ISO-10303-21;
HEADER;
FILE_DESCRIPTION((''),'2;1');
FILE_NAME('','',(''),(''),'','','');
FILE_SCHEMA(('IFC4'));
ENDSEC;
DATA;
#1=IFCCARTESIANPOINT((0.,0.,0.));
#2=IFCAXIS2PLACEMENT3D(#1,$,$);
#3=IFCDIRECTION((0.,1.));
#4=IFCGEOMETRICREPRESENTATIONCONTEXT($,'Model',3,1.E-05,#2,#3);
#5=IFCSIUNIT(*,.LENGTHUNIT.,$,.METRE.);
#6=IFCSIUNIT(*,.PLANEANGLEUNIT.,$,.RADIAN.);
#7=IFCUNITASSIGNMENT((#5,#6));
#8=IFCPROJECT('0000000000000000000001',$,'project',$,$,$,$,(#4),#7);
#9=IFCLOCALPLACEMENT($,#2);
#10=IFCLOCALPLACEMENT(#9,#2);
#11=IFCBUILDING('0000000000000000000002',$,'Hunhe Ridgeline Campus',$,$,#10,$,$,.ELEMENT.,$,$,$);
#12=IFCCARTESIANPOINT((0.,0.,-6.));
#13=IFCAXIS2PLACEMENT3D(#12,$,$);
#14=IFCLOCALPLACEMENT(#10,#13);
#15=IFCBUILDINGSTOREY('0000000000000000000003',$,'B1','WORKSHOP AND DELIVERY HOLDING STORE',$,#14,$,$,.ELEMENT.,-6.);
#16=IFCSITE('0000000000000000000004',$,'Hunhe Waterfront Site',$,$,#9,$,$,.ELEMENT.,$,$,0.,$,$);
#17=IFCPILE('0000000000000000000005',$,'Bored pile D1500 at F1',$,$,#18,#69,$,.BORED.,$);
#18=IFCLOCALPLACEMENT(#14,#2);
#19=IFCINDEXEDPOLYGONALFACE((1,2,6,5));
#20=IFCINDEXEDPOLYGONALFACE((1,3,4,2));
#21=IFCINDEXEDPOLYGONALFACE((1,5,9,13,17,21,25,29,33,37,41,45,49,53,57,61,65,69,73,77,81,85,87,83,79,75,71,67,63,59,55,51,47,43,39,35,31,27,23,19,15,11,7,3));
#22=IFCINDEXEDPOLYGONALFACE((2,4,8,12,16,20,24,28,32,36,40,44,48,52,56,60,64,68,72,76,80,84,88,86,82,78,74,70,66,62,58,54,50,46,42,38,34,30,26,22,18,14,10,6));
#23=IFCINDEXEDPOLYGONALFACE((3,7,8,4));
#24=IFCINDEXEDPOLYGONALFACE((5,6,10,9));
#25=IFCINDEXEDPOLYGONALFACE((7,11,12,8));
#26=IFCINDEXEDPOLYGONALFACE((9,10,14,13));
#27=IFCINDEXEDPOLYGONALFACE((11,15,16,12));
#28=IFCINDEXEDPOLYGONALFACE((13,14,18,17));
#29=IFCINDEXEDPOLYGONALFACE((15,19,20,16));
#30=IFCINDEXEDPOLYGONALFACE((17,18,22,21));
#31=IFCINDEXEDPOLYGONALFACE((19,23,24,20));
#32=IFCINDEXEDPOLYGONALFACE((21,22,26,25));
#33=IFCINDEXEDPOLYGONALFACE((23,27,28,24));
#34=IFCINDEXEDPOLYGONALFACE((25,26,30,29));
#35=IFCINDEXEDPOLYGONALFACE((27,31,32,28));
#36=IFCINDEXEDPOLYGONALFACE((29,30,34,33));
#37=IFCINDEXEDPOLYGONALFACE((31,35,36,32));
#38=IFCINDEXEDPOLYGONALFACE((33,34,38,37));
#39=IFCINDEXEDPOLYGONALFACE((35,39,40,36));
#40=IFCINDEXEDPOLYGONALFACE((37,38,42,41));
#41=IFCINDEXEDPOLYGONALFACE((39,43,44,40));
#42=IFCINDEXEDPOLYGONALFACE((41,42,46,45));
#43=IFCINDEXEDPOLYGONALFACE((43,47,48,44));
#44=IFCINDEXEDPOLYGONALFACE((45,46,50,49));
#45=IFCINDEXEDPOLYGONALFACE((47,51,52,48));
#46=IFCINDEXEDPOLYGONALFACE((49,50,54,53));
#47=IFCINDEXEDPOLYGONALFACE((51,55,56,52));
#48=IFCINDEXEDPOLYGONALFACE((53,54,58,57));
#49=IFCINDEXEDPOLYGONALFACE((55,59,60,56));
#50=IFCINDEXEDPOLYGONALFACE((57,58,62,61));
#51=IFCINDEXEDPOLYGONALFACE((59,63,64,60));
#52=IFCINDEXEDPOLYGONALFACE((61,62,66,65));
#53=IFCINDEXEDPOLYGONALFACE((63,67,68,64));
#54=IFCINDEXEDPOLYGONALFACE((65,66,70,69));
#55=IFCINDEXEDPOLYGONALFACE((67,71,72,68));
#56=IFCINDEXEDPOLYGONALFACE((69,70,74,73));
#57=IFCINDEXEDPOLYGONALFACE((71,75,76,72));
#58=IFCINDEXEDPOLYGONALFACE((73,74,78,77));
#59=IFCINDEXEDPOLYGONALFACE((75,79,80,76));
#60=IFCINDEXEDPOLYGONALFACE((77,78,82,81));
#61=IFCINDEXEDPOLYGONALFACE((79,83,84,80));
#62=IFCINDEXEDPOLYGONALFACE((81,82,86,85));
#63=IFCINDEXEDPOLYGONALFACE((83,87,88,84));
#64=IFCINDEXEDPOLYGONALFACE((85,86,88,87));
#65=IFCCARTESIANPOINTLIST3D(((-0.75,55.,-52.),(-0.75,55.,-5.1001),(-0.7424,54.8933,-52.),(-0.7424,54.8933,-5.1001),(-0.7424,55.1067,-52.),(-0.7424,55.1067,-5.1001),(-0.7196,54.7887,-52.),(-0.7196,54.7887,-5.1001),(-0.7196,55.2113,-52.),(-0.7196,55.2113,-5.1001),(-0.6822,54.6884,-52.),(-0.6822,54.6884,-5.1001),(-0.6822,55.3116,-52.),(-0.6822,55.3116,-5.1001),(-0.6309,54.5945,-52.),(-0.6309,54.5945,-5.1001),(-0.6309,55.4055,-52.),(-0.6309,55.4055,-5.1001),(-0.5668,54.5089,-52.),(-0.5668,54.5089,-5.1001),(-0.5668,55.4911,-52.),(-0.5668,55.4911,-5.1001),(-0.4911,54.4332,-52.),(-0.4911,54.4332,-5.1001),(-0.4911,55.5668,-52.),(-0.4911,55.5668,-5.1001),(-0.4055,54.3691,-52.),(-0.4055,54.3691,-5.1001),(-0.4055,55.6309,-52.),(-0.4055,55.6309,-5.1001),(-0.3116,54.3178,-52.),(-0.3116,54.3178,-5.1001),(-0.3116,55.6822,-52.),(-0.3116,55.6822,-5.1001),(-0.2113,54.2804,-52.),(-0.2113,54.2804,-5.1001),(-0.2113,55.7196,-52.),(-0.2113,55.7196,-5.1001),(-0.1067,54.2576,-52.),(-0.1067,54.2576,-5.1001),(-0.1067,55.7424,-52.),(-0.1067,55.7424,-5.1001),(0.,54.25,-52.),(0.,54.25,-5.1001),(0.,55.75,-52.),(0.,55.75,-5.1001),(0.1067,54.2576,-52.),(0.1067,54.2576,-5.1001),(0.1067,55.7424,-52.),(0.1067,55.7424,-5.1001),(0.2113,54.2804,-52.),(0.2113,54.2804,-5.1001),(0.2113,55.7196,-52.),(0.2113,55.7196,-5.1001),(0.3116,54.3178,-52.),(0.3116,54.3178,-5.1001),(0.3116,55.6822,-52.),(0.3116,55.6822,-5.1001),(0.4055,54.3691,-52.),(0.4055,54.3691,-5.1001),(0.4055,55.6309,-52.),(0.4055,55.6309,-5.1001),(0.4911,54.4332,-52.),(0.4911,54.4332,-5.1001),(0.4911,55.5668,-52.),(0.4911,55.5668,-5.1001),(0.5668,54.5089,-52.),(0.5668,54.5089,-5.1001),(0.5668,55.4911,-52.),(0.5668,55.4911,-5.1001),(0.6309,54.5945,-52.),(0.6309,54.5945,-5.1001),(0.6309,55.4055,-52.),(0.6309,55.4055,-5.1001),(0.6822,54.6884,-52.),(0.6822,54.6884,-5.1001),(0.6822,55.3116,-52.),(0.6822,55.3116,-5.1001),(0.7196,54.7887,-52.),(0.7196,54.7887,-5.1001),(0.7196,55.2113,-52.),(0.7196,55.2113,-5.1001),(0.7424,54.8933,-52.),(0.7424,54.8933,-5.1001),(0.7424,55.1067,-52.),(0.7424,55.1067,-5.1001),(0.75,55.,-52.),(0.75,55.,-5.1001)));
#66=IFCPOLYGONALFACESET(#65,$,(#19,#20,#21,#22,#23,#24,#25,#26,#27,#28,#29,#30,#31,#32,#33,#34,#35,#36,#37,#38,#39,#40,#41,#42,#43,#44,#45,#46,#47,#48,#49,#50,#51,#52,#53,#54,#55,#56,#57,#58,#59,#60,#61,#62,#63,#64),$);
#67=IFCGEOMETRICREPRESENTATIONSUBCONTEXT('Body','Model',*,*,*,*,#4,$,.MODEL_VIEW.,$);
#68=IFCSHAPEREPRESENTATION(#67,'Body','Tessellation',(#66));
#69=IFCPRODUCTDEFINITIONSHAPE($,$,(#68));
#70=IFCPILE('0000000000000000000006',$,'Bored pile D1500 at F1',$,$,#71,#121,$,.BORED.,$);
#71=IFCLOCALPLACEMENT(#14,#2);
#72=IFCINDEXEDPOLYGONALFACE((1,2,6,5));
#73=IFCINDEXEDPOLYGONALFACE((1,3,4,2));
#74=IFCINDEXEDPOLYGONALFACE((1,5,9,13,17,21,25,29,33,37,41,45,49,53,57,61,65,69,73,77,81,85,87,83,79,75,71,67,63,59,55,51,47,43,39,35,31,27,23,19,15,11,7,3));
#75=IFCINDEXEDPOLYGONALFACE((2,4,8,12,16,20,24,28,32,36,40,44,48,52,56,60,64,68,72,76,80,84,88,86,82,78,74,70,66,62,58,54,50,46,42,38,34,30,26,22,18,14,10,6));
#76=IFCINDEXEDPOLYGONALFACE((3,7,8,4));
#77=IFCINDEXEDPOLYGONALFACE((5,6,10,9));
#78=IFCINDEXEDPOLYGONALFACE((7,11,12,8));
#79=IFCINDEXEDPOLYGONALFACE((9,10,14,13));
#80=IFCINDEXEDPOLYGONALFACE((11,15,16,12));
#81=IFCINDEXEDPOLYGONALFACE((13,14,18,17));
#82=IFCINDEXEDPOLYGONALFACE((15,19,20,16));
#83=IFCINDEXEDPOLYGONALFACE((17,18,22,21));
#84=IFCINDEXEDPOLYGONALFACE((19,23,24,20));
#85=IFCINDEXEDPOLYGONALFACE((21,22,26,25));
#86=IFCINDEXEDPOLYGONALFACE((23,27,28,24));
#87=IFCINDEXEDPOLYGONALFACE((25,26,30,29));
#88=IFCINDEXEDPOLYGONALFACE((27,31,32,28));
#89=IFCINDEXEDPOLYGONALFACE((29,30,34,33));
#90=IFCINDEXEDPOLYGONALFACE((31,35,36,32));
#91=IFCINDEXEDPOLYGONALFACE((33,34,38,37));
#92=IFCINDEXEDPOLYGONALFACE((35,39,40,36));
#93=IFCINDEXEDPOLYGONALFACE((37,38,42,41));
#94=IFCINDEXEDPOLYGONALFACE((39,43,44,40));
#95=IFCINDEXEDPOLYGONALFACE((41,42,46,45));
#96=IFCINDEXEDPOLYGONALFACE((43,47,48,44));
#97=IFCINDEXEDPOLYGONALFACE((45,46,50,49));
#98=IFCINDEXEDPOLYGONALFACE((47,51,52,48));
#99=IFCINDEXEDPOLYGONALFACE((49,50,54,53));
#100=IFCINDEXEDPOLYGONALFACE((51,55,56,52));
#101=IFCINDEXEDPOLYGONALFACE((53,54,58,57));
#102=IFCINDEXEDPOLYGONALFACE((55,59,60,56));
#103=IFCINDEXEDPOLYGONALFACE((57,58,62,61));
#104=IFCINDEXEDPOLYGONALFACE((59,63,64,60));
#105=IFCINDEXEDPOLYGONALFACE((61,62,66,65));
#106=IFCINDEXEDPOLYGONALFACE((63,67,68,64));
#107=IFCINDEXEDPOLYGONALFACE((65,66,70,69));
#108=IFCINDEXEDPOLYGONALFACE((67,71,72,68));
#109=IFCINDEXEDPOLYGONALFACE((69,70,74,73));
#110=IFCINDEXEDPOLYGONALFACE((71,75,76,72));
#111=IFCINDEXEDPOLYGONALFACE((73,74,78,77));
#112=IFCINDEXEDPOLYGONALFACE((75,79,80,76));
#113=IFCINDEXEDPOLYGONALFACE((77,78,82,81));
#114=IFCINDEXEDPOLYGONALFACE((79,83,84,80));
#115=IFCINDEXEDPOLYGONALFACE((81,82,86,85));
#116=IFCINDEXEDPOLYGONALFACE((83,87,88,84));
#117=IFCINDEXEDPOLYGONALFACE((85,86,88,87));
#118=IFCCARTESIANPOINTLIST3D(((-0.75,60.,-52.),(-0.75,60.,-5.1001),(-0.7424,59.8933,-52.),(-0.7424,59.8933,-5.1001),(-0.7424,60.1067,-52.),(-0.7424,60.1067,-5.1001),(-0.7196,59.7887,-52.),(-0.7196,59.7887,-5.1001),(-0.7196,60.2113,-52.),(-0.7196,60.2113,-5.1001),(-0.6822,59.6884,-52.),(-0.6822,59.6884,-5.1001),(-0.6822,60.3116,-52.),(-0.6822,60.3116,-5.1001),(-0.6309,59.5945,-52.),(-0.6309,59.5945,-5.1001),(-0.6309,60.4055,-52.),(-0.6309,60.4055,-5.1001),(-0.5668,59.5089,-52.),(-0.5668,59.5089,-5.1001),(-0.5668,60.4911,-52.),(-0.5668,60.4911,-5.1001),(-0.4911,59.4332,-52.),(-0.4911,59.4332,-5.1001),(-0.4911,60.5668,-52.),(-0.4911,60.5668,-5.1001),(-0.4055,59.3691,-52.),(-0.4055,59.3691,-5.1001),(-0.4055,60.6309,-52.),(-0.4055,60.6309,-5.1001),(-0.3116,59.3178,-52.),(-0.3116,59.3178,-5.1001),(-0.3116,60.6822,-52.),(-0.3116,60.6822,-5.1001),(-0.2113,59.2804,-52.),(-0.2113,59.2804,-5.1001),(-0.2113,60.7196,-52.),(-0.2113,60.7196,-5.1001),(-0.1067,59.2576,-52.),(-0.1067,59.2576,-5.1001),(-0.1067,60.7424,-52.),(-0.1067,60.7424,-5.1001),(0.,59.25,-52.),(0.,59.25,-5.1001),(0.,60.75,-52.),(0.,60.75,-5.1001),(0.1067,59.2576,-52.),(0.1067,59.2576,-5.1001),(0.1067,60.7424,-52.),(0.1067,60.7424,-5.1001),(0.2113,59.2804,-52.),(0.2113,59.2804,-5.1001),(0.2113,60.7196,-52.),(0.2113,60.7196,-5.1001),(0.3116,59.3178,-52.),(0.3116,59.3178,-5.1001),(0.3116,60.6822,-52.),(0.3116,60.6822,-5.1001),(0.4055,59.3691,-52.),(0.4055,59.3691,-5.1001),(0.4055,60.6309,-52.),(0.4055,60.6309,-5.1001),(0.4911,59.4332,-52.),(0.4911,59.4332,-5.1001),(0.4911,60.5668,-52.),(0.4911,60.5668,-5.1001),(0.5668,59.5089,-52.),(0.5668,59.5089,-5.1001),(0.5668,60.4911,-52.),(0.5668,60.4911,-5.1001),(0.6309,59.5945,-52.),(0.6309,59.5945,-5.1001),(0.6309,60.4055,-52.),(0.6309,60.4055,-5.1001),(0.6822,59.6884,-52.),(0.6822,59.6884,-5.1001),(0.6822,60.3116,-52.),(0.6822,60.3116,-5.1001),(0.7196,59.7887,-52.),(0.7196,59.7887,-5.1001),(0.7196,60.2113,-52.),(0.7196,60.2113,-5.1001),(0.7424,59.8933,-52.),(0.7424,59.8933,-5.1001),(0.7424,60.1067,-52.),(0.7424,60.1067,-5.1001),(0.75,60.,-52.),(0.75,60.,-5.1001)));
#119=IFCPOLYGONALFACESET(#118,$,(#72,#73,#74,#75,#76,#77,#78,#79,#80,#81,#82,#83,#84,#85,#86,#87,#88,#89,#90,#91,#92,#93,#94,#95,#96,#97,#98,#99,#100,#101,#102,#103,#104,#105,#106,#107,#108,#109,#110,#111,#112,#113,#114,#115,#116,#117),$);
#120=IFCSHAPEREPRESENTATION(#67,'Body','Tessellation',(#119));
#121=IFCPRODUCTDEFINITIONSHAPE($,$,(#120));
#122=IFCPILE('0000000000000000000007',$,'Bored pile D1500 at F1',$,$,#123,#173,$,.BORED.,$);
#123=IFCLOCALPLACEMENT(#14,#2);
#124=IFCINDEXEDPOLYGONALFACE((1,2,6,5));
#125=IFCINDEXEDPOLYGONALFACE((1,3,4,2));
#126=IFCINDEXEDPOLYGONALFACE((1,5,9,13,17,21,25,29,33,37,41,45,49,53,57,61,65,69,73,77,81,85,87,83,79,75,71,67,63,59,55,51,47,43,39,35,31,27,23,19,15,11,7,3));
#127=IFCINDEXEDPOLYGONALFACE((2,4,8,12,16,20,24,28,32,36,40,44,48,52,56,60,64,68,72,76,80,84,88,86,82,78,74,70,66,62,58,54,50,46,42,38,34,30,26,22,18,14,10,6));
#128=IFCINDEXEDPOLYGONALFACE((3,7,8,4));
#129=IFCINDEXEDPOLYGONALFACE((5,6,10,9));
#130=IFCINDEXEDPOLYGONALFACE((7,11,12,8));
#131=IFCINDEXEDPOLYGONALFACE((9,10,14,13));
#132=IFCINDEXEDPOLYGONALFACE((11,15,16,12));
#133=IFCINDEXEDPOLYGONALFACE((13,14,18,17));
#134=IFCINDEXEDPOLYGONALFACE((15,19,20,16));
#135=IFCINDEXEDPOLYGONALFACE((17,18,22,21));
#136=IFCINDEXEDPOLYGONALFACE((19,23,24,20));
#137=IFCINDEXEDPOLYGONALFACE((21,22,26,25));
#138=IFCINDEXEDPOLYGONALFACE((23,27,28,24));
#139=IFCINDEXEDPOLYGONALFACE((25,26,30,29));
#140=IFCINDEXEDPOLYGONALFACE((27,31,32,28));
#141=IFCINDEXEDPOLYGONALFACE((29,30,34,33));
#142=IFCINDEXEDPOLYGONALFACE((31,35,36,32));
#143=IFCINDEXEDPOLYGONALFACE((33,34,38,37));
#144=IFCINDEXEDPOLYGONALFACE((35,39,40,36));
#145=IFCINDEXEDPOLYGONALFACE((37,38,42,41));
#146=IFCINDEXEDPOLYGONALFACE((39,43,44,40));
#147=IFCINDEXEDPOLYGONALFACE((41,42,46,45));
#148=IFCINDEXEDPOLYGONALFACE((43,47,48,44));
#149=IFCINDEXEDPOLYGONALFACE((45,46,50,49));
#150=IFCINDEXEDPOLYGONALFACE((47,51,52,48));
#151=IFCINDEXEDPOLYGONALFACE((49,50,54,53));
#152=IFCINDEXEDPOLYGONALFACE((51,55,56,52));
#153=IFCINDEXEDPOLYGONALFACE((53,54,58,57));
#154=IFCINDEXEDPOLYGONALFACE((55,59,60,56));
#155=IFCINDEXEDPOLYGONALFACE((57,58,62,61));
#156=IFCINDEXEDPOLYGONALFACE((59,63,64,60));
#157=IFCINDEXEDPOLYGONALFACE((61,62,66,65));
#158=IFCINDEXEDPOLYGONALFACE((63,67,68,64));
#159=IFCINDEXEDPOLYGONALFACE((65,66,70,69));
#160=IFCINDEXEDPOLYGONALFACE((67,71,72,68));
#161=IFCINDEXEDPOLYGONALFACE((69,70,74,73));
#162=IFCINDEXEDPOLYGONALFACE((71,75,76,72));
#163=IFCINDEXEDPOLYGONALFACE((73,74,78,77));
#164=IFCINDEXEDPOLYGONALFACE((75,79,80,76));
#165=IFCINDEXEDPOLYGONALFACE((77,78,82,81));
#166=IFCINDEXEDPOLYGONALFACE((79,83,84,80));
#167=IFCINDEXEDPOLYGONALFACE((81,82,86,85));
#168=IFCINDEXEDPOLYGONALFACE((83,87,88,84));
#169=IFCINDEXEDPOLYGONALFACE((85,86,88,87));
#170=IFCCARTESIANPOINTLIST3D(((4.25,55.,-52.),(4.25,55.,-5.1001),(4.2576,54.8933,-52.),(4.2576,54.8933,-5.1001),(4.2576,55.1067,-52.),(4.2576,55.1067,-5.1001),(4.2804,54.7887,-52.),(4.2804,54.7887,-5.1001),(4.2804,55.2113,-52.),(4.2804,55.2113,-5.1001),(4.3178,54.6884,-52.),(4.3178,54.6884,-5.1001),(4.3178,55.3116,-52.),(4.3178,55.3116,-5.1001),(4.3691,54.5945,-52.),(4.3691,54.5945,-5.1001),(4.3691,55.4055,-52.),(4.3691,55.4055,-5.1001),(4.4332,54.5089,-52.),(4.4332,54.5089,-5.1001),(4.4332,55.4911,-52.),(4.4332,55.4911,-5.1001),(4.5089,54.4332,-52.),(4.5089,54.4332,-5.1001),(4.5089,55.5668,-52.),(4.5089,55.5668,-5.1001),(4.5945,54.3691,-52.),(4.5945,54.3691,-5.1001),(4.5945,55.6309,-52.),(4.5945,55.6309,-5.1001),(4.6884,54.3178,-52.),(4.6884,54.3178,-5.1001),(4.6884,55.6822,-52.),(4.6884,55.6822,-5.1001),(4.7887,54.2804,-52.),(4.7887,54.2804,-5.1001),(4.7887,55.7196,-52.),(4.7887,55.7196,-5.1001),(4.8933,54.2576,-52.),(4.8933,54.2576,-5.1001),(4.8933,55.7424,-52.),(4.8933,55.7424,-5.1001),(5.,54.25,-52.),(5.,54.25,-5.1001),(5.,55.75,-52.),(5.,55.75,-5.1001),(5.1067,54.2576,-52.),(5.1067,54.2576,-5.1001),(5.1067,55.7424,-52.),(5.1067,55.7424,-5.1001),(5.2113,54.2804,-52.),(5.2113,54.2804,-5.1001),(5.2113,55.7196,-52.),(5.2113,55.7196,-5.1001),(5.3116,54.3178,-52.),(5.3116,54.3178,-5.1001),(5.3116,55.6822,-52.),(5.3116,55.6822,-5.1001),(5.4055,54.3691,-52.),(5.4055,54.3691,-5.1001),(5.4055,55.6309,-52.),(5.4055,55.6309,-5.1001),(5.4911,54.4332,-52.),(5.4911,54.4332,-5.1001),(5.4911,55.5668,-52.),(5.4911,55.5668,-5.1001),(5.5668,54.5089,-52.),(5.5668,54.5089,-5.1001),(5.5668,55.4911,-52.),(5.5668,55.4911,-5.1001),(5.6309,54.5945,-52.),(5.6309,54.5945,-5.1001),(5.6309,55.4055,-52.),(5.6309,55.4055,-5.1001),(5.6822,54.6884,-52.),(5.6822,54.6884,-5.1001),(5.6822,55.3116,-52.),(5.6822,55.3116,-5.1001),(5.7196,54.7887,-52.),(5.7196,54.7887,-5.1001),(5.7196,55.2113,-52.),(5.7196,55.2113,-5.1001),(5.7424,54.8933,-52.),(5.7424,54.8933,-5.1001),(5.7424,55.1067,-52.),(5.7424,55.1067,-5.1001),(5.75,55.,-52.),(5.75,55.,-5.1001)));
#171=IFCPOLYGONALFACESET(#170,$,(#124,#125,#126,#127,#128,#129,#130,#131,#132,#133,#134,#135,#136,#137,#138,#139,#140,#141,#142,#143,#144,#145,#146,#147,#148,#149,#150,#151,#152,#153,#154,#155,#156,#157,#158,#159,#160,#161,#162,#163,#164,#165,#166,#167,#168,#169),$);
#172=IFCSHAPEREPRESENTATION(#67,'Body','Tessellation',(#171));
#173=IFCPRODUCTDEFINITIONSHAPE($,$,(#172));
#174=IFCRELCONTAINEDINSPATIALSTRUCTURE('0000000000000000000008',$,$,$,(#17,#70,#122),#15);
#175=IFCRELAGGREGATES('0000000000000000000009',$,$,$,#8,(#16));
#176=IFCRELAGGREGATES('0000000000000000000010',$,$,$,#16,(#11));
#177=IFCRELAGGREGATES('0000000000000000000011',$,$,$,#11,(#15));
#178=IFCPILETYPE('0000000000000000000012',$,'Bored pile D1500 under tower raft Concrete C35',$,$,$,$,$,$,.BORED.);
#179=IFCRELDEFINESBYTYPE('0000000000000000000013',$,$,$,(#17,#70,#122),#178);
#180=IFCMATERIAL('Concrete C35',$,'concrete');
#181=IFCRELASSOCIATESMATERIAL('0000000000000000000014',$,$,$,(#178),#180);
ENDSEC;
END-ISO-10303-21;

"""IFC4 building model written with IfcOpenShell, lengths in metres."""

from ifc_helpers import new_model, si_unit, direction, frame, origin, origin_2d, place, context, subcontext, project, spatial, circle, extrude, material, material_profile, profile_set, type_object, element, save


model = new_model("IFC4")

# Units and contexts
model_context = context("Model", 3, precision=1e-05, world=origin(), true_north=direction((0.0, 1.0)))
body_context = subcontext(model_context, "Body", "Model", "MODEL_VIEW")
ifc_project = project(units=[si_unit("LENGTHUNIT", "METRE"), si_unit("PLANEANGLEUNIT", "RADIAN")], contexts=[model_context])

# Site, building, storey
site_placement = place(None, origin())
site = spatial("IfcSite", under=ifc_project, at=site_placement, Name="Hunhe Waterfront Site", CompositionType="ELEMENT", RefElevation=0.0)
building_placement = place(site_placement, origin())
building = spatial("IfcBuilding", under=site, at=building_placement, Name="Hunhe Ridgeline Campus", CompositionType="ELEMENT")
storey_placement = place(building_placement, frame((0.0, 0.0, -6.0)))
storey = spatial("IfcBuildingStorey", under=building, at=storey_placement, Name="B1", Description="WORKSHOP AND DELIVERY HOLDING STORE", CompositionType="ELEMENT", Elevation=-6.0)

# Piles
ifc_material_1 = material(Name="Concrete C35", Category="concrete")
ifc_material_profile_1 = material_profile(ifc_material_1, circle(Radius=0.75, at=origin_2d()))
ifc_profile_set_1 = profile_set([ifc_material_profile_1], Name="Concrete C35")
pile_type = type_object("IfcPileType", Name="Bored pile D1500 under tower raft Concrete C35", PredefinedType="BORED", material=ifc_profile_set_1)
for number, where, z_axis, x_axis, name in (
    (1, (0.0, 55.0, -5.1001), (0.0, 0.0, -1.0), (1.0, 0.0, 0.0), "Bored pile D1500 at F1"),
    (2, (0.0, 60.0, -5.1001), (0.0, 0.0, -1.0), (1.0, 0.0, 0.0), "Bored pile D1500 at F1"),
    (3, (5.0, 55.0, -5.1001), (0.0, 0.0, -1.0), (1.0, 0.0, 0.0), "Bored pile D1500 at F1"),
):
    element("IfcPile", number, at=place(storey_placement, frame(where, z_axis=z_axis, x_axis=x_axis)), inside=storey, type_object=pile_type, Name=name, PredefinedType="BORED", context=body_context, shape_type="SweptSolid", body=[
        extrude(circle(Radius=0.75, at=origin_2d()), origin(), (0.0, 0.0, 1.0), 46.8999),
    ])

save(model, "model.ifc")
